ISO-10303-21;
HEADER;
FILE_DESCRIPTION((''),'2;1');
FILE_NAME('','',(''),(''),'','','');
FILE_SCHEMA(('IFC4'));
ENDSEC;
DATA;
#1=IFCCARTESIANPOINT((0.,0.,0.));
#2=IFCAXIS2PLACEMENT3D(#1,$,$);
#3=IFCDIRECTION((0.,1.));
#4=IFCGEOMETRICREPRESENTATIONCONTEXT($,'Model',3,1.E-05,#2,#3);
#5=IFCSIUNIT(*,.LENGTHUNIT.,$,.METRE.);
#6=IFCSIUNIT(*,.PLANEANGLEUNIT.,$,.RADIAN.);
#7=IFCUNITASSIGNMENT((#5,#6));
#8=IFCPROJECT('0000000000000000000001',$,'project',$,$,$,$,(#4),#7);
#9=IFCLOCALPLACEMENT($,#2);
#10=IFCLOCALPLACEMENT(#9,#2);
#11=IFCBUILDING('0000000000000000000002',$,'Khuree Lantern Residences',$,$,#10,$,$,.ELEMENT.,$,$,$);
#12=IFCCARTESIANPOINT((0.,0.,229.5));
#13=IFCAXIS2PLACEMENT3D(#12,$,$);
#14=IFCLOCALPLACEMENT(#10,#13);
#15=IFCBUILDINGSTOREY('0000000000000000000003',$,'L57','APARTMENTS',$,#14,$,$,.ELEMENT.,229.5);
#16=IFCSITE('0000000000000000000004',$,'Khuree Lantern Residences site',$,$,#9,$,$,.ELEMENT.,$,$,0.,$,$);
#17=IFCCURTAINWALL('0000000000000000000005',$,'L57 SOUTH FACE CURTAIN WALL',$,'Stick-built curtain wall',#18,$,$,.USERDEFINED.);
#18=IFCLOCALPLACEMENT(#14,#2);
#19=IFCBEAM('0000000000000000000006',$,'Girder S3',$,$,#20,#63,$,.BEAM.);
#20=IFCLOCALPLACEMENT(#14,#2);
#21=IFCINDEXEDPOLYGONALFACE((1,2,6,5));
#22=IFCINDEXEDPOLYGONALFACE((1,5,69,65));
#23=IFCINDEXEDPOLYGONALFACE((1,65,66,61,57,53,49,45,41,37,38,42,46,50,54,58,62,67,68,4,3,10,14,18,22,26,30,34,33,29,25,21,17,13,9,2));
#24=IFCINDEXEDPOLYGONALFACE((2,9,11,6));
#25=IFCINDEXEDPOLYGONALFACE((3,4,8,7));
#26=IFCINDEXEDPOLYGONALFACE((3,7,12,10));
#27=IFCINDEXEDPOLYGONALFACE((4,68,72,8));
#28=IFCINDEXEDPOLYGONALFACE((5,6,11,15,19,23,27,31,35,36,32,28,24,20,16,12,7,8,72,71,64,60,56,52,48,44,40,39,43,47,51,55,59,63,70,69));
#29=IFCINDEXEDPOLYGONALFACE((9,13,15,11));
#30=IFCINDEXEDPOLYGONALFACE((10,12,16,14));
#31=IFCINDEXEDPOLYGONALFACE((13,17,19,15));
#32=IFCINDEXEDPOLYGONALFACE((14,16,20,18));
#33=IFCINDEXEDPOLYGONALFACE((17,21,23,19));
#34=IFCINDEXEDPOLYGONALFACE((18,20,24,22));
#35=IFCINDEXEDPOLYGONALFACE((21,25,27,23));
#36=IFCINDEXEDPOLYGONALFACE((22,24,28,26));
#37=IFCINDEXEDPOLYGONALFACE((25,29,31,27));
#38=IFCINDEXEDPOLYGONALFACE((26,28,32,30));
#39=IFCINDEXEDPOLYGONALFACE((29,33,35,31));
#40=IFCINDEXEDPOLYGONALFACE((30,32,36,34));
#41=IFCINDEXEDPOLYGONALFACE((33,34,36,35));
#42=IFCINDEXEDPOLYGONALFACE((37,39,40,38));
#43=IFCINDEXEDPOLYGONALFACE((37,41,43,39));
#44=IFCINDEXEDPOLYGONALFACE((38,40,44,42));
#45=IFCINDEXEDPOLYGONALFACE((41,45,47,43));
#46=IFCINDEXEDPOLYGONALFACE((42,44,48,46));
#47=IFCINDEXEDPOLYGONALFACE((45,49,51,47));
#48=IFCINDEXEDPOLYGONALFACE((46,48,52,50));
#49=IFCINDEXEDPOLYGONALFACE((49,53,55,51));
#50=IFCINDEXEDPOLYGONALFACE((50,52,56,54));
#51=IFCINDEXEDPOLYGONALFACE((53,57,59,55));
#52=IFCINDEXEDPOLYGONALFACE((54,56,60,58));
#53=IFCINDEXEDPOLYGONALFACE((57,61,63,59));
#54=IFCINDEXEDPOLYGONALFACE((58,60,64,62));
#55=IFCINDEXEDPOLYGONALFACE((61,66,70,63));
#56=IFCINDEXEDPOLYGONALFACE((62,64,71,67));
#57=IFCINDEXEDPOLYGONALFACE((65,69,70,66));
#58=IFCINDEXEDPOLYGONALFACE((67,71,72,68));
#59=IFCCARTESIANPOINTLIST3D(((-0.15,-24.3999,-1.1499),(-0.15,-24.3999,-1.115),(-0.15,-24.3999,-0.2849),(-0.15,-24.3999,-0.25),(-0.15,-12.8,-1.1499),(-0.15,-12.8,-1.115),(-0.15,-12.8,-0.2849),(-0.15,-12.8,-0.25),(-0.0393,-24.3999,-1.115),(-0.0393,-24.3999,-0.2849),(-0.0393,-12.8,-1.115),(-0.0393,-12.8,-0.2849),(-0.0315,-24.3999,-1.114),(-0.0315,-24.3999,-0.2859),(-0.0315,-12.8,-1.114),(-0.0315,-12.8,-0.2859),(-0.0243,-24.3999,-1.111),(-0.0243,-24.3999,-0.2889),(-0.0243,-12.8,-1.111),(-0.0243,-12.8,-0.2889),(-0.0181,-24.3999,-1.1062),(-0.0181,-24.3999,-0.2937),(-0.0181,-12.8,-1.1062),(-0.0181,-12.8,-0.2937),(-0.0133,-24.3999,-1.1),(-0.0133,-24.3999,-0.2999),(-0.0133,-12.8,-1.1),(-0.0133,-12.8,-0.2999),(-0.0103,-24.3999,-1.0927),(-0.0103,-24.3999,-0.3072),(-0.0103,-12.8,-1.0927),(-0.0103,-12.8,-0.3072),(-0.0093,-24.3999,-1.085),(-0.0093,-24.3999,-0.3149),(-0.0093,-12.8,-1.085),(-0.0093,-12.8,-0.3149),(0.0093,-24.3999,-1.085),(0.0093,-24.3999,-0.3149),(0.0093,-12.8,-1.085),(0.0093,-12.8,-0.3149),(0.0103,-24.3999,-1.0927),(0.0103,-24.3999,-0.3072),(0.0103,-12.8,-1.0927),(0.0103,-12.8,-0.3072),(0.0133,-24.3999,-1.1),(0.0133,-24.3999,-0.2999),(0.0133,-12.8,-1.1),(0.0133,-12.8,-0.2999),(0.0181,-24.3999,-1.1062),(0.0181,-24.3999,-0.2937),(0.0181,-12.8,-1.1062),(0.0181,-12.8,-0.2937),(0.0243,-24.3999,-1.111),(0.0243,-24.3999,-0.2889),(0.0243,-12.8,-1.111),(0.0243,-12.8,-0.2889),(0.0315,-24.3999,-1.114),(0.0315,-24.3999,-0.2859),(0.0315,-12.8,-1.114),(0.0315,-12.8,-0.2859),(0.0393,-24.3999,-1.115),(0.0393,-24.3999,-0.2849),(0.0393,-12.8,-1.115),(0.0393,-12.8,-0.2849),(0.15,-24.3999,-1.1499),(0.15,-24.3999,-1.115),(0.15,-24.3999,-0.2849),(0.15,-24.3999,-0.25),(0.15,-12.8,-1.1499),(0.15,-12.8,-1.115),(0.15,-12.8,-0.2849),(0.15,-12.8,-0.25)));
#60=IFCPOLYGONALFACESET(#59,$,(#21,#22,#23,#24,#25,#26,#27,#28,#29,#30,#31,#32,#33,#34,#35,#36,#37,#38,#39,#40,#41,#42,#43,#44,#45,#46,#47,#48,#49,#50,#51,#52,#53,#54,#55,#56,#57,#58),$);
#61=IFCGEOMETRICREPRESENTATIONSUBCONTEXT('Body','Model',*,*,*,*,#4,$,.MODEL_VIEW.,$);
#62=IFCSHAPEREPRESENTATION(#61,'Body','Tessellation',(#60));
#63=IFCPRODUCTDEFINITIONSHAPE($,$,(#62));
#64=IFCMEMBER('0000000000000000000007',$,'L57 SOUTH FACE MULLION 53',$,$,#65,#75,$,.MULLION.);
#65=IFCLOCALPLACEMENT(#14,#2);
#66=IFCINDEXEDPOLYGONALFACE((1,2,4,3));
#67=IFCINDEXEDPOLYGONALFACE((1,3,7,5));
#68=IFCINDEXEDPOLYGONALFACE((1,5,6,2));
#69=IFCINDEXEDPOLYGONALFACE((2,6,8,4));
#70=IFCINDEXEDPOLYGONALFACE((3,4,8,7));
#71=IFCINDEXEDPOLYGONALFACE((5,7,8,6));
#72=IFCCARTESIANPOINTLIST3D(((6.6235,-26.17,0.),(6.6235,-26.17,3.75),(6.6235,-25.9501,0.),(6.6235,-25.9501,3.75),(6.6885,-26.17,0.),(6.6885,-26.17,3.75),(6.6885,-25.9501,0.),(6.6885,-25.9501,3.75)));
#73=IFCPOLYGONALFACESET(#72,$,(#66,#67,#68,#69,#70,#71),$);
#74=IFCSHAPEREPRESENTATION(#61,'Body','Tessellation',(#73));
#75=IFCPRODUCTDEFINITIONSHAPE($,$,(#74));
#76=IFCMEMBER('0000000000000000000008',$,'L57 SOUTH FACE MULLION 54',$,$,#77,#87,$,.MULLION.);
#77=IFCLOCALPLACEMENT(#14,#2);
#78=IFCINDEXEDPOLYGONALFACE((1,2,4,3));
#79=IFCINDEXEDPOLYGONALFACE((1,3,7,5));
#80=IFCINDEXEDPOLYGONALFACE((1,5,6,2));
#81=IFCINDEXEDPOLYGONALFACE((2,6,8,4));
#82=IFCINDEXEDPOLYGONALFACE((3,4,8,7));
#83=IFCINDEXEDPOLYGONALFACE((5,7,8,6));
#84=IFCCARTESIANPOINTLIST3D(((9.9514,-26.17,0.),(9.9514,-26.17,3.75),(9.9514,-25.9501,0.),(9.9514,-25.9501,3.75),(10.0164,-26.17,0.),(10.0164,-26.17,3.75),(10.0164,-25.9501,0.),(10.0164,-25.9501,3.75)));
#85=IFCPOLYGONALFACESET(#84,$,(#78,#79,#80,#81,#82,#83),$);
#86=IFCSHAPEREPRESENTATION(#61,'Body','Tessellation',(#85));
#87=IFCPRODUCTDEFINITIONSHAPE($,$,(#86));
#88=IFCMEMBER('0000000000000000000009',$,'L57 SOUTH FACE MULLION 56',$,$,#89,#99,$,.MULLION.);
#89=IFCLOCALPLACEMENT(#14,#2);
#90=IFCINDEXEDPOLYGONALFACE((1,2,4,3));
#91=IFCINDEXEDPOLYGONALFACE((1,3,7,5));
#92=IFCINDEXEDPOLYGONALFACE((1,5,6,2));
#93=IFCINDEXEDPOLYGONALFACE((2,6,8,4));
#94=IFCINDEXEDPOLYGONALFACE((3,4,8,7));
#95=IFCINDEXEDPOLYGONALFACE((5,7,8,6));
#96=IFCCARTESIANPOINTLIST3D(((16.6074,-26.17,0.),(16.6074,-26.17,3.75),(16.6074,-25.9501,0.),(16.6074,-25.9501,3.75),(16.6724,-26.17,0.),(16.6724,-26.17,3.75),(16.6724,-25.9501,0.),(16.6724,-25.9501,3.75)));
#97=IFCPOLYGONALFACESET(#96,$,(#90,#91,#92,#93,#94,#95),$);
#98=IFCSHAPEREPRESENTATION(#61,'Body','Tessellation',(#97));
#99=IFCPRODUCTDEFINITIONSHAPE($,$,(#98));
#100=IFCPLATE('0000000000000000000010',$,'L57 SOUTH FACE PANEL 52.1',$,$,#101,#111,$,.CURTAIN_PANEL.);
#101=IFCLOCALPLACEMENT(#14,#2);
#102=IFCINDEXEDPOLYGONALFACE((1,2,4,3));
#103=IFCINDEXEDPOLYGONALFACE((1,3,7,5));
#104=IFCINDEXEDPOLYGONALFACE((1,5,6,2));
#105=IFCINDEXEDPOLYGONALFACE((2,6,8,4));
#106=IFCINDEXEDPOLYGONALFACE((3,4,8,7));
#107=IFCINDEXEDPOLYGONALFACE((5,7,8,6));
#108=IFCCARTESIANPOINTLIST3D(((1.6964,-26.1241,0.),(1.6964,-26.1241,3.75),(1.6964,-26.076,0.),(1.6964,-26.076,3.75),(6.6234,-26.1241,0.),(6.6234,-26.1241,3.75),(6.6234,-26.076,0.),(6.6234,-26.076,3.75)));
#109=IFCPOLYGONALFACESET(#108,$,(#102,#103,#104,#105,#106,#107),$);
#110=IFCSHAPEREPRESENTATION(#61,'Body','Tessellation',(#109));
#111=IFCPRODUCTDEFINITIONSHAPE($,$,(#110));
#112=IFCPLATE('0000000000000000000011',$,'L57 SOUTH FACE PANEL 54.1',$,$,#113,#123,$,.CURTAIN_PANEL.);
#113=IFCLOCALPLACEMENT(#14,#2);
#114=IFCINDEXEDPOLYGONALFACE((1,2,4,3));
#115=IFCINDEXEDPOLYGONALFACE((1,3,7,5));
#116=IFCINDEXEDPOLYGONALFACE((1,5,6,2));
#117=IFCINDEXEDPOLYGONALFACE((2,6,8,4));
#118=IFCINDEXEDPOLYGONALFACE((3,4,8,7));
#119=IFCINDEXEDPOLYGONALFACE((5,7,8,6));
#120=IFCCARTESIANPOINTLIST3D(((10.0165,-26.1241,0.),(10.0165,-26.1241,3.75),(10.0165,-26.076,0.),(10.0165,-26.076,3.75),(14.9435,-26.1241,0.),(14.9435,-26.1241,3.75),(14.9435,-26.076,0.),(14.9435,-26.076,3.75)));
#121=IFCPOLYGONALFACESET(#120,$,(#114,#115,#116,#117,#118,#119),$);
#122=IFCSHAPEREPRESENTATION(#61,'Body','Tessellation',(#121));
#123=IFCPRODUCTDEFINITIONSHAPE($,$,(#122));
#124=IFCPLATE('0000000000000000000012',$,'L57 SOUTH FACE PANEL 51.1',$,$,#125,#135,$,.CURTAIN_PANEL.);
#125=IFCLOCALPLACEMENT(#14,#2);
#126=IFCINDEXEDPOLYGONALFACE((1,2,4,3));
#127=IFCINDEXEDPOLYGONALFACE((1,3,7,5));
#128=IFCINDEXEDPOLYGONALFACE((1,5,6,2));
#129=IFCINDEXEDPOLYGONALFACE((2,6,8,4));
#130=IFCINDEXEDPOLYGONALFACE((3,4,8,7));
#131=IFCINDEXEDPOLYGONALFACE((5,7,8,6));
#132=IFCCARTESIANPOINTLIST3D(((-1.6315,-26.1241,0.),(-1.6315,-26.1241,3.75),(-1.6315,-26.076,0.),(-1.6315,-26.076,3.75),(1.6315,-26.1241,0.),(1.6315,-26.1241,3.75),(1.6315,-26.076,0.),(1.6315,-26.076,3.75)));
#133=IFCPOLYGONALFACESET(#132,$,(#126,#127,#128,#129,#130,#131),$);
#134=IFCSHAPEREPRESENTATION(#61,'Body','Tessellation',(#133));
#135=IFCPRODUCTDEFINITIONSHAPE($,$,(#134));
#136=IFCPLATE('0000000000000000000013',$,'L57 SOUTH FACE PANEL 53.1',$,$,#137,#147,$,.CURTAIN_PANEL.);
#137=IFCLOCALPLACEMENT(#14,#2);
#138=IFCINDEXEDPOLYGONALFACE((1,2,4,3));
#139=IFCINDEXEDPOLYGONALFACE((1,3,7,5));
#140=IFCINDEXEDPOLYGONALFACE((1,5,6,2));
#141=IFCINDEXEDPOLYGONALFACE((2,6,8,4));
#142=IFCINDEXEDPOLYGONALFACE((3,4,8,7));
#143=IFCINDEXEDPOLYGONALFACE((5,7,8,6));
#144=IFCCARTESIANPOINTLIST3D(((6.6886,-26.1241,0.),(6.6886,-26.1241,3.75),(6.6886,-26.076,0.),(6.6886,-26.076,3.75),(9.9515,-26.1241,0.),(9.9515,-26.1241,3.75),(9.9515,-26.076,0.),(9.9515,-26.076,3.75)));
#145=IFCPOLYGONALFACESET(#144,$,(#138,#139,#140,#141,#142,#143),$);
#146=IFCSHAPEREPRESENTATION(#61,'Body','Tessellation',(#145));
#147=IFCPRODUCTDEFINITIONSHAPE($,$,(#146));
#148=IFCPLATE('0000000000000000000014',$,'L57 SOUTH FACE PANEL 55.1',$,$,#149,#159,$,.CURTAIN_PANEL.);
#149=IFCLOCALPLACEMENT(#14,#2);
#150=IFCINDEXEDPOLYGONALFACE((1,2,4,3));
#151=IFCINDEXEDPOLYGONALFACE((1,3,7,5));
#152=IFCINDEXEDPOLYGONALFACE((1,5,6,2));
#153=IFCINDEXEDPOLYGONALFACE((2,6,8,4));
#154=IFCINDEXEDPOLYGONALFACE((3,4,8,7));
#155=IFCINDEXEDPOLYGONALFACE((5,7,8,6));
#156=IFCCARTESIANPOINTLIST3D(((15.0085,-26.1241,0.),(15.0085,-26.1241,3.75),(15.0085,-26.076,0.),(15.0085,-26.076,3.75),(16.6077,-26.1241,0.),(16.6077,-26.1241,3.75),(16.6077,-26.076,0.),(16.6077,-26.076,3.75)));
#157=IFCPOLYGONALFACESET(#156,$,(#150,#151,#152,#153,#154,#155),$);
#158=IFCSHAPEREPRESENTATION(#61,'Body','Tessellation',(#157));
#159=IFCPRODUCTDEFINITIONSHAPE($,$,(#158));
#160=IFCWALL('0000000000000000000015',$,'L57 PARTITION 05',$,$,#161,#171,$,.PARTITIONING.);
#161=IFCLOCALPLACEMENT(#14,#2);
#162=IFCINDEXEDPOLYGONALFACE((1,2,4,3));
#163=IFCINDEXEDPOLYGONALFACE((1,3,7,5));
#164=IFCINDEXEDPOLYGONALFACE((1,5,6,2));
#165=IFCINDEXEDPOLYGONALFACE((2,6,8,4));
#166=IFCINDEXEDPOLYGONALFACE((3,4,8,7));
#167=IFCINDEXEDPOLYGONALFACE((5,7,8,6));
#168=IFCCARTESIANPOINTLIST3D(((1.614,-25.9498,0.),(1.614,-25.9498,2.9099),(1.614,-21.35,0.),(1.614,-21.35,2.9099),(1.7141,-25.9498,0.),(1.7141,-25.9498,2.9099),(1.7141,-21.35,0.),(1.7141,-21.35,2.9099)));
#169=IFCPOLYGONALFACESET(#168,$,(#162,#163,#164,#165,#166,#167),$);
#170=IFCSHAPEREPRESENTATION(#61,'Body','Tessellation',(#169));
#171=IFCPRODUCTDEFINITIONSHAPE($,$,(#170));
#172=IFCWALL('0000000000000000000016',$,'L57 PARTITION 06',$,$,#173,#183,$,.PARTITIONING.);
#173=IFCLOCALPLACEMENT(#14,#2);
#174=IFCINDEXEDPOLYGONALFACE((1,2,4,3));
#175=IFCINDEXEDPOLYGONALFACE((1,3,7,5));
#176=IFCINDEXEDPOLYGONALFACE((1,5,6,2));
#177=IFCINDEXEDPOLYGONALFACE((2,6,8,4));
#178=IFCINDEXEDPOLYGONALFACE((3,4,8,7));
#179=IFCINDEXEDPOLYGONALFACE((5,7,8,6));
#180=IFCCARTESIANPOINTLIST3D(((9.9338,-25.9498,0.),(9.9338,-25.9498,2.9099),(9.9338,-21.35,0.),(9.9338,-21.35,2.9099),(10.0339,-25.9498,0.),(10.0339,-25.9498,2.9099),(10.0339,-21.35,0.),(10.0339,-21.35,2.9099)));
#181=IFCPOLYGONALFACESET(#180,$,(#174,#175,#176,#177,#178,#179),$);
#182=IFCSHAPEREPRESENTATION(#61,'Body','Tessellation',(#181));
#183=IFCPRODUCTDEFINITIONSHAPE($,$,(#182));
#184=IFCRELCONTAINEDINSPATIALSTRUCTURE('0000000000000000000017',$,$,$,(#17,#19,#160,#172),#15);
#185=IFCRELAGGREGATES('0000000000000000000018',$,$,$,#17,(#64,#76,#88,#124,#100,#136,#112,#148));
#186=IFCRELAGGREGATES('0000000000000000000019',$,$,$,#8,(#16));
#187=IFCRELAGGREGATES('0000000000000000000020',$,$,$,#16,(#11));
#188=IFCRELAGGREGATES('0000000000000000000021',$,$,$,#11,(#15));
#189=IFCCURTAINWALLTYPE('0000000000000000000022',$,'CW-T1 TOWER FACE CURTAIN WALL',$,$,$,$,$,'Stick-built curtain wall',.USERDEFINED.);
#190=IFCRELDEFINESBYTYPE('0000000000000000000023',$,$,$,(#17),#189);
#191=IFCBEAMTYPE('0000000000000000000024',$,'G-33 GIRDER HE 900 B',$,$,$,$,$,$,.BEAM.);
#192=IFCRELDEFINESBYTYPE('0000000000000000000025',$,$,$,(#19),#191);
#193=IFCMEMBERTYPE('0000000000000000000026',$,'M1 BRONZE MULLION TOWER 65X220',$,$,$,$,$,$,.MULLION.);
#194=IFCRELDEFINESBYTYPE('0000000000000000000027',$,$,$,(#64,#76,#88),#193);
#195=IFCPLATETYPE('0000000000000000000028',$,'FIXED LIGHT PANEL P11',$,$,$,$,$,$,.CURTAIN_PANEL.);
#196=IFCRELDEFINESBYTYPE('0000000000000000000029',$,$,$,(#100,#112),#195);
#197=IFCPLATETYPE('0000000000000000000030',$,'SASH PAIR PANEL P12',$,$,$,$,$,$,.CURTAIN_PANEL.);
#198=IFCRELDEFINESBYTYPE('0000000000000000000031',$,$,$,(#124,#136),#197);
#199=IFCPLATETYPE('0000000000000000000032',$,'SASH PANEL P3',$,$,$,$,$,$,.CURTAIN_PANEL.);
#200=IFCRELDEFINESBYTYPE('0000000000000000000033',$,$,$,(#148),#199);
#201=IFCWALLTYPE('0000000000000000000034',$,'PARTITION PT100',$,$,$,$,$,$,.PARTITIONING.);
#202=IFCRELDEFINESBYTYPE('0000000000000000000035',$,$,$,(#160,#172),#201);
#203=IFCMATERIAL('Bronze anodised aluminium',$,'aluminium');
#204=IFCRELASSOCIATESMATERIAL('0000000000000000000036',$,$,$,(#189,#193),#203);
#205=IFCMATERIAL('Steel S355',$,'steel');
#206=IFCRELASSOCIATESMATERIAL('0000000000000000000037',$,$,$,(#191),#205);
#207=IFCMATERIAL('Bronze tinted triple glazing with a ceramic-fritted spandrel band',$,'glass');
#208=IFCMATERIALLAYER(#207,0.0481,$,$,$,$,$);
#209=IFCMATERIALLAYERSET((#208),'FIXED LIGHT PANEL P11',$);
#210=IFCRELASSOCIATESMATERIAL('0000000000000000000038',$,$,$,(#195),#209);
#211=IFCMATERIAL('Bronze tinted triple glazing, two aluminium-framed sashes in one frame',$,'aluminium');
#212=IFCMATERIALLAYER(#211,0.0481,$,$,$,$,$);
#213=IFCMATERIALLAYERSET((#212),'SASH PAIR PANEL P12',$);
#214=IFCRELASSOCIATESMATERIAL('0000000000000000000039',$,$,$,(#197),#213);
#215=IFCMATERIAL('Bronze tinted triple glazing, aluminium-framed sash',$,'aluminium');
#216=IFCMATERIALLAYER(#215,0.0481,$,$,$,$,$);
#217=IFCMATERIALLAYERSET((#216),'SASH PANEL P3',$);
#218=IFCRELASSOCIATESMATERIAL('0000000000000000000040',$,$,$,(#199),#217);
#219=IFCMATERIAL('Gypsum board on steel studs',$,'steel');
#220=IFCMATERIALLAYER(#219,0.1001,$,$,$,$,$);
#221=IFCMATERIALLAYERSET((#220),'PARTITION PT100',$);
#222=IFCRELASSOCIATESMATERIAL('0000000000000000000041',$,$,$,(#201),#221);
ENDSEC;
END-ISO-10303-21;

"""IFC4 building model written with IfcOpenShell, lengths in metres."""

from ifc_helpers import new_model, si_unit, direction, frame, frame_2d, origin, origin_2d, place, context, subcontext, project, spatial, rectangle, i_section, extrude, material, layer, layer_set, material_profile, profile_set, type_object, element, aggregate, save


model = new_model("IFC4")

# Units and contexts
model_context = context("Model", 3, precision=1e-05, world=origin(), true_north=direction((0.0, 1.0)))
body_context = subcontext(model_context, "Body", "Model", "MODEL_VIEW")
ifc_project = project(units=[si_unit("LENGTHUNIT", "METRE"), si_unit("PLANEANGLEUNIT", "RADIAN")], contexts=[model_context])

# Site, building, storey
site_placement = place(None, origin())
site = spatial("IfcSite", under=ifc_project, at=site_placement, Name="Khuree Lantern Residences site", CompositionType="ELEMENT", RefElevation=0.0)
building_placement = place(site_placement, origin())
building = spatial("IfcBuilding", under=site, at=building_placement, Name="Khuree Lantern Residences", CompositionType="ELEMENT")
storey_placement = place(building_placement, frame((0.0, 0.0, 229.5)))
storey = spatial("IfcBuildingStorey", under=building, at=storey_placement, Name="L57", Description="APARTMENTS", CompositionType="ELEMENT", Elevation=229.5)

# Shared definitions
ifc_material_1 = material(Name="Steel S355", Category="steel")

# Curtain wall
ifc_material_2 = material(Name="Bronze anodised aluminium", Category="aluminium")
curtain_wall_type = type_object("IfcCurtainWallType", Name="CW-T1 TOWER FACE CURTAIN WALL", ElementType="Stick-built curtain wall", PredefinedType="USERDEFINED", material=ifc_material_2)
curtain_wall_placement = place(storey_placement, origin())
curtain_wall = element("IfcCurtainWall", 1, at=curtain_wall_placement, inside=storey, type_object=curtain_wall_type, Name="L57 SOUTH FACE CURTAIN WALL", ObjectType="Stick-built curtain wall", PredefinedType="USERDEFINED")

# Beam
ifc_material_profile_1 = material_profile(ifc_material_1, i_section(OverallWidth=0.3, OverallDepth=0.8999, WebThickness=0.0186, FlangeThickness=0.0349, FilletRadius=0.03, at=origin_2d()), Name="HE 900 B")
ifc_profile_set_1 = profile_set([ifc_material_profile_1], Name="Steel S355")
beam_type_1 = type_object("IfcBeamType", Name="G-33 GIRDER HE 900 B", PredefinedType="BEAM", material=ifc_profile_set_1)
for number, where, z_axis, x_axis, name in (
    (2, (0.0, -24.3999, -0.7), (0.0, 1.0, 0.0), (-1.0, 0.0, 0.0), "Girder S3"),
):
    element("IfcBeam", number, at=place(storey_placement, frame(where, z_axis=z_axis, x_axis=x_axis)), inside=storey, type_object=beam_type_1, Name=name, PredefinedType="BEAM", context=body_context, shape_type="SweptSolid", body=[
        extrude(i_section(OverallWidth=0.3, OverallDepth=0.8999, WebThickness=0.0186, FlangeThickness=0.0349, FilletRadius=0.03, at=origin_2d()), origin(), (0.0, 0.0, 1.0), 11.5999),
    ])

# Members
ifc_material_profile_2 = material_profile(ifc_material_2, rectangle(XDim=0.0649, YDim=0.22, at=origin_2d()), Name="M1 65X220")
ifc_profile_set_2 = profile_set([ifc_material_profile_2], Name="Bronze anodised aluminium")
member_type_1 = type_object("IfcMemberType", Name="M1 BRONZE MULLION TOWER 65X220", PredefinedType="MULLION", material=ifc_profile_set_2)
member_1_placement = place(storey_placement, frame((6.656, -26.0601, 0.0), z_axis=(0.0, 0.0, 1.0), x_axis=(1.0, 0.0, 0.0)))
member_1 = element("IfcMember", 3, at=member_1_placement, type_object=member_type_1, Name="L57 SOUTH FACE MULLION 53", PredefinedType="MULLION", context=body_context, shape_type="SweptSolid", body=[
    extrude(rectangle(XDim=0.0649, YDim=0.22, at=origin_2d()), origin(), (0.0, 0.0, 1.0), 3.75),
])
member_2_placement = place(storey_placement, frame((9.9839, -26.0601, 0.0), z_axis=(0.0, 0.0, 1.0), x_axis=(1.0, 0.0, 0.0)))
member_2 = element("IfcMember", 4, at=member_2_placement, type_object=member_type_1, Name="L57 SOUTH FACE MULLION 54", PredefinedType="MULLION", context=body_context, shape_type="SweptSolid", body=[
    extrude(rectangle(XDim=0.0649, YDim=0.22, at=origin_2d()), origin(), (0.0, 0.0, 1.0), 3.75),
])
member_3_placement = place(storey_placement, frame((16.6399, -26.0601, 0.0), z_axis=(0.0, 0.0, 1.0), x_axis=(1.0, 0.0, 0.0)))
member_3 = element("IfcMember", 5, at=member_3_placement, type_object=member_type_1, Name="L57 SOUTH FACE MULLION 56", PredefinedType="MULLION", context=body_context, shape_type="SweptSolid", body=[
    extrude(rectangle(XDim=0.0649, YDim=0.22, at=origin_2d()), origin(), (0.0, 0.0, 1.0), 3.75),
])

# Plates
ifc_material_3 = material(Name="Bronze tinted triple glazing with a ceramic-fritted spandrel band", Category="glass")
ifc_layer_1 = layer(ifc_material_3, 0.0481)
ifc_layer_set_1 = layer_set([ifc_layer_1], Name="FIXED LIGHT PANEL P11")
plate_type_1 = type_object("IfcPlateType", Name="FIXED LIGHT PANEL P11", PredefinedType="CURTAIN_PANEL", material=ifc_layer_set_1)
plate_1_placement = place(storey_placement, frame((4.1599, -26.1001, 0.0), z_axis=(0.0, 0.0, 1.0), x_axis=(1.0, 0.0, 0.0)))
plate_1 = element("IfcPlate", 6, at=plate_1_placement, type_object=plate_type_1, Name="L57 SOUTH FACE PANEL 52.1", PredefinedType="CURTAIN_PANEL", context=body_context, shape_type="SweptSolid", body=[
    extrude(rectangle(XDim=4.927, YDim=0.0481, at=origin_2d()), origin(), (0.0, 0.0, 1.0), 3.75),
])
plate_2_placement = place(storey_placement, frame((12.48, -26.1001, 0.0), z_axis=(0.0, 0.0, 1.0), x_axis=(1.0, 0.0, 0.0)))
plate_2 = element("IfcPlate", 7, at=plate_2_placement, type_object=plate_type_1, Name="L57 SOUTH FACE PANEL 54.1", PredefinedType="CURTAIN_PANEL", context=body_context, shape_type="SweptSolid", body=[
    extrude(rectangle(XDim=4.927, YDim=0.0481, at=origin_2d()), origin(), (0.0, 0.0, 1.0), 3.75),
])
ifc_material_4 = material(Name="Bronze tinted triple glazing, two aluminium-framed sashes in one frame", Category="aluminium")
ifc_layer_2 = layer(ifc_material_4, 0.0481)
ifc_layer_set_2 = layer_set([ifc_layer_2], Name="SASH PAIR PANEL P12")
plate_type_2 = type_object("IfcPlateType", Name="SASH PAIR PANEL P12", PredefinedType="CURTAIN_PANEL", material=ifc_layer_set_2)
plate_3_placement = place(storey_placement, frame((0.0, -26.1001, 0.0), z_axis=(0.0, 0.0, 1.0), x_axis=(1.0, 0.0, 0.0)))
plate_3 = element("IfcPlate", 8, at=plate_3_placement, type_object=plate_type_2, Name="L57 SOUTH FACE PANEL 51.1", PredefinedType="CURTAIN_PANEL", context=body_context, shape_type="SweptSolid", body=[
    extrude(rectangle(XDim=3.2629, YDim=0.0481, at=origin_2d()), origin(), (0.0, 0.0, 1.0), 3.75),
])
plate_4_placement = place(storey_placement, frame((8.3201, -26.1001, 0.0), z_axis=(0.0, 0.0, 1.0), x_axis=(1.0, 0.0, 0.0)))
plate_4 = element("IfcPlate", 9, at=plate_4_placement, type_object=plate_type_2, Name="L57 SOUTH FACE PANEL 53.1", PredefinedType="CURTAIN_PANEL", context=body_context, shape_type="SweptSolid", body=[
    extrude(rectangle(XDim=3.2629, YDim=0.0481, at=origin_2d()), origin(), (0.0, 0.0, 1.0), 3.75),
])
ifc_material_5 = material(Name="Bronze tinted triple glazing, aluminium-framed sash", Category="aluminium")
ifc_layer_3 = layer(ifc_material_5, 0.0481)
ifc_layer_set_3 = layer_set([ifc_layer_3], Name="SASH PANEL P3")
plate_type_3 = type_object("IfcPlateType", Name="SASH PANEL P3", PredefinedType="CURTAIN_PANEL", material=ifc_layer_set_3)
plate_5_placement = place(storey_placement, frame((15.8081, -26.1001, 0.0), z_axis=(0.0, 0.0, 1.0), x_axis=(1.0, 0.0, 0.0)))
plate_5 = element("IfcPlate", 10, at=plate_5_placement, type_object=plate_type_3, Name="L57 SOUTH FACE PANEL 55.1", PredefinedType="CURTAIN_PANEL", context=body_context, shape_type="SweptSolid", body=[
    extrude(rectangle(XDim=1.5991, YDim=0.0481, at=origin_2d()), origin(), (0.0, 0.0, 1.0), 3.75),
])
aggregate(curtain_wall, [member_1, member_2, member_3, plate_3, plate_1, plate_4, plate_2, plate_5])

# Walls
ifc_material_6 = material(Name="Gypsum board on steel studs", Category="steel")
ifc_layer_4 = layer(ifc_material_6, 0.1001)
ifc_layer_set_4 = layer_set([ifc_layer_4], Name="PARTITION PT100")
wall_type = type_object("IfcWallType", Name="PARTITION PT100", PredefinedType="PARTITIONING", material=ifc_layer_set_4)
for number, where, z_axis, x_axis, name in (
    (11, (1.6641, -21.3501, 0.0), (0.0, 0.0, 1.0), (0.0, -1.0, 0.0), "L57 PARTITION 05"),
    (12, (9.9839, -21.3501, 0.0), (0.0, 0.0, 1.0), (0.0, -1.0, 0.0), "L57 PARTITION 06"),
):
    element("IfcWall", number, at=place(storey_placement, frame(where, z_axis=z_axis, x_axis=x_axis)), inside=storey, type_object=wall_type, Name=name, PredefinedType="PARTITIONING", context=body_context, shape_type="SweptSolid", body=[
        extrude(rectangle(XDim=4.5999, YDim=0.1001, at=frame_2d((2.2998, 0.0))), origin(), (0.0, 0.0, 1.0), 2.9099),
    ])

save(model, "model.ifc")
